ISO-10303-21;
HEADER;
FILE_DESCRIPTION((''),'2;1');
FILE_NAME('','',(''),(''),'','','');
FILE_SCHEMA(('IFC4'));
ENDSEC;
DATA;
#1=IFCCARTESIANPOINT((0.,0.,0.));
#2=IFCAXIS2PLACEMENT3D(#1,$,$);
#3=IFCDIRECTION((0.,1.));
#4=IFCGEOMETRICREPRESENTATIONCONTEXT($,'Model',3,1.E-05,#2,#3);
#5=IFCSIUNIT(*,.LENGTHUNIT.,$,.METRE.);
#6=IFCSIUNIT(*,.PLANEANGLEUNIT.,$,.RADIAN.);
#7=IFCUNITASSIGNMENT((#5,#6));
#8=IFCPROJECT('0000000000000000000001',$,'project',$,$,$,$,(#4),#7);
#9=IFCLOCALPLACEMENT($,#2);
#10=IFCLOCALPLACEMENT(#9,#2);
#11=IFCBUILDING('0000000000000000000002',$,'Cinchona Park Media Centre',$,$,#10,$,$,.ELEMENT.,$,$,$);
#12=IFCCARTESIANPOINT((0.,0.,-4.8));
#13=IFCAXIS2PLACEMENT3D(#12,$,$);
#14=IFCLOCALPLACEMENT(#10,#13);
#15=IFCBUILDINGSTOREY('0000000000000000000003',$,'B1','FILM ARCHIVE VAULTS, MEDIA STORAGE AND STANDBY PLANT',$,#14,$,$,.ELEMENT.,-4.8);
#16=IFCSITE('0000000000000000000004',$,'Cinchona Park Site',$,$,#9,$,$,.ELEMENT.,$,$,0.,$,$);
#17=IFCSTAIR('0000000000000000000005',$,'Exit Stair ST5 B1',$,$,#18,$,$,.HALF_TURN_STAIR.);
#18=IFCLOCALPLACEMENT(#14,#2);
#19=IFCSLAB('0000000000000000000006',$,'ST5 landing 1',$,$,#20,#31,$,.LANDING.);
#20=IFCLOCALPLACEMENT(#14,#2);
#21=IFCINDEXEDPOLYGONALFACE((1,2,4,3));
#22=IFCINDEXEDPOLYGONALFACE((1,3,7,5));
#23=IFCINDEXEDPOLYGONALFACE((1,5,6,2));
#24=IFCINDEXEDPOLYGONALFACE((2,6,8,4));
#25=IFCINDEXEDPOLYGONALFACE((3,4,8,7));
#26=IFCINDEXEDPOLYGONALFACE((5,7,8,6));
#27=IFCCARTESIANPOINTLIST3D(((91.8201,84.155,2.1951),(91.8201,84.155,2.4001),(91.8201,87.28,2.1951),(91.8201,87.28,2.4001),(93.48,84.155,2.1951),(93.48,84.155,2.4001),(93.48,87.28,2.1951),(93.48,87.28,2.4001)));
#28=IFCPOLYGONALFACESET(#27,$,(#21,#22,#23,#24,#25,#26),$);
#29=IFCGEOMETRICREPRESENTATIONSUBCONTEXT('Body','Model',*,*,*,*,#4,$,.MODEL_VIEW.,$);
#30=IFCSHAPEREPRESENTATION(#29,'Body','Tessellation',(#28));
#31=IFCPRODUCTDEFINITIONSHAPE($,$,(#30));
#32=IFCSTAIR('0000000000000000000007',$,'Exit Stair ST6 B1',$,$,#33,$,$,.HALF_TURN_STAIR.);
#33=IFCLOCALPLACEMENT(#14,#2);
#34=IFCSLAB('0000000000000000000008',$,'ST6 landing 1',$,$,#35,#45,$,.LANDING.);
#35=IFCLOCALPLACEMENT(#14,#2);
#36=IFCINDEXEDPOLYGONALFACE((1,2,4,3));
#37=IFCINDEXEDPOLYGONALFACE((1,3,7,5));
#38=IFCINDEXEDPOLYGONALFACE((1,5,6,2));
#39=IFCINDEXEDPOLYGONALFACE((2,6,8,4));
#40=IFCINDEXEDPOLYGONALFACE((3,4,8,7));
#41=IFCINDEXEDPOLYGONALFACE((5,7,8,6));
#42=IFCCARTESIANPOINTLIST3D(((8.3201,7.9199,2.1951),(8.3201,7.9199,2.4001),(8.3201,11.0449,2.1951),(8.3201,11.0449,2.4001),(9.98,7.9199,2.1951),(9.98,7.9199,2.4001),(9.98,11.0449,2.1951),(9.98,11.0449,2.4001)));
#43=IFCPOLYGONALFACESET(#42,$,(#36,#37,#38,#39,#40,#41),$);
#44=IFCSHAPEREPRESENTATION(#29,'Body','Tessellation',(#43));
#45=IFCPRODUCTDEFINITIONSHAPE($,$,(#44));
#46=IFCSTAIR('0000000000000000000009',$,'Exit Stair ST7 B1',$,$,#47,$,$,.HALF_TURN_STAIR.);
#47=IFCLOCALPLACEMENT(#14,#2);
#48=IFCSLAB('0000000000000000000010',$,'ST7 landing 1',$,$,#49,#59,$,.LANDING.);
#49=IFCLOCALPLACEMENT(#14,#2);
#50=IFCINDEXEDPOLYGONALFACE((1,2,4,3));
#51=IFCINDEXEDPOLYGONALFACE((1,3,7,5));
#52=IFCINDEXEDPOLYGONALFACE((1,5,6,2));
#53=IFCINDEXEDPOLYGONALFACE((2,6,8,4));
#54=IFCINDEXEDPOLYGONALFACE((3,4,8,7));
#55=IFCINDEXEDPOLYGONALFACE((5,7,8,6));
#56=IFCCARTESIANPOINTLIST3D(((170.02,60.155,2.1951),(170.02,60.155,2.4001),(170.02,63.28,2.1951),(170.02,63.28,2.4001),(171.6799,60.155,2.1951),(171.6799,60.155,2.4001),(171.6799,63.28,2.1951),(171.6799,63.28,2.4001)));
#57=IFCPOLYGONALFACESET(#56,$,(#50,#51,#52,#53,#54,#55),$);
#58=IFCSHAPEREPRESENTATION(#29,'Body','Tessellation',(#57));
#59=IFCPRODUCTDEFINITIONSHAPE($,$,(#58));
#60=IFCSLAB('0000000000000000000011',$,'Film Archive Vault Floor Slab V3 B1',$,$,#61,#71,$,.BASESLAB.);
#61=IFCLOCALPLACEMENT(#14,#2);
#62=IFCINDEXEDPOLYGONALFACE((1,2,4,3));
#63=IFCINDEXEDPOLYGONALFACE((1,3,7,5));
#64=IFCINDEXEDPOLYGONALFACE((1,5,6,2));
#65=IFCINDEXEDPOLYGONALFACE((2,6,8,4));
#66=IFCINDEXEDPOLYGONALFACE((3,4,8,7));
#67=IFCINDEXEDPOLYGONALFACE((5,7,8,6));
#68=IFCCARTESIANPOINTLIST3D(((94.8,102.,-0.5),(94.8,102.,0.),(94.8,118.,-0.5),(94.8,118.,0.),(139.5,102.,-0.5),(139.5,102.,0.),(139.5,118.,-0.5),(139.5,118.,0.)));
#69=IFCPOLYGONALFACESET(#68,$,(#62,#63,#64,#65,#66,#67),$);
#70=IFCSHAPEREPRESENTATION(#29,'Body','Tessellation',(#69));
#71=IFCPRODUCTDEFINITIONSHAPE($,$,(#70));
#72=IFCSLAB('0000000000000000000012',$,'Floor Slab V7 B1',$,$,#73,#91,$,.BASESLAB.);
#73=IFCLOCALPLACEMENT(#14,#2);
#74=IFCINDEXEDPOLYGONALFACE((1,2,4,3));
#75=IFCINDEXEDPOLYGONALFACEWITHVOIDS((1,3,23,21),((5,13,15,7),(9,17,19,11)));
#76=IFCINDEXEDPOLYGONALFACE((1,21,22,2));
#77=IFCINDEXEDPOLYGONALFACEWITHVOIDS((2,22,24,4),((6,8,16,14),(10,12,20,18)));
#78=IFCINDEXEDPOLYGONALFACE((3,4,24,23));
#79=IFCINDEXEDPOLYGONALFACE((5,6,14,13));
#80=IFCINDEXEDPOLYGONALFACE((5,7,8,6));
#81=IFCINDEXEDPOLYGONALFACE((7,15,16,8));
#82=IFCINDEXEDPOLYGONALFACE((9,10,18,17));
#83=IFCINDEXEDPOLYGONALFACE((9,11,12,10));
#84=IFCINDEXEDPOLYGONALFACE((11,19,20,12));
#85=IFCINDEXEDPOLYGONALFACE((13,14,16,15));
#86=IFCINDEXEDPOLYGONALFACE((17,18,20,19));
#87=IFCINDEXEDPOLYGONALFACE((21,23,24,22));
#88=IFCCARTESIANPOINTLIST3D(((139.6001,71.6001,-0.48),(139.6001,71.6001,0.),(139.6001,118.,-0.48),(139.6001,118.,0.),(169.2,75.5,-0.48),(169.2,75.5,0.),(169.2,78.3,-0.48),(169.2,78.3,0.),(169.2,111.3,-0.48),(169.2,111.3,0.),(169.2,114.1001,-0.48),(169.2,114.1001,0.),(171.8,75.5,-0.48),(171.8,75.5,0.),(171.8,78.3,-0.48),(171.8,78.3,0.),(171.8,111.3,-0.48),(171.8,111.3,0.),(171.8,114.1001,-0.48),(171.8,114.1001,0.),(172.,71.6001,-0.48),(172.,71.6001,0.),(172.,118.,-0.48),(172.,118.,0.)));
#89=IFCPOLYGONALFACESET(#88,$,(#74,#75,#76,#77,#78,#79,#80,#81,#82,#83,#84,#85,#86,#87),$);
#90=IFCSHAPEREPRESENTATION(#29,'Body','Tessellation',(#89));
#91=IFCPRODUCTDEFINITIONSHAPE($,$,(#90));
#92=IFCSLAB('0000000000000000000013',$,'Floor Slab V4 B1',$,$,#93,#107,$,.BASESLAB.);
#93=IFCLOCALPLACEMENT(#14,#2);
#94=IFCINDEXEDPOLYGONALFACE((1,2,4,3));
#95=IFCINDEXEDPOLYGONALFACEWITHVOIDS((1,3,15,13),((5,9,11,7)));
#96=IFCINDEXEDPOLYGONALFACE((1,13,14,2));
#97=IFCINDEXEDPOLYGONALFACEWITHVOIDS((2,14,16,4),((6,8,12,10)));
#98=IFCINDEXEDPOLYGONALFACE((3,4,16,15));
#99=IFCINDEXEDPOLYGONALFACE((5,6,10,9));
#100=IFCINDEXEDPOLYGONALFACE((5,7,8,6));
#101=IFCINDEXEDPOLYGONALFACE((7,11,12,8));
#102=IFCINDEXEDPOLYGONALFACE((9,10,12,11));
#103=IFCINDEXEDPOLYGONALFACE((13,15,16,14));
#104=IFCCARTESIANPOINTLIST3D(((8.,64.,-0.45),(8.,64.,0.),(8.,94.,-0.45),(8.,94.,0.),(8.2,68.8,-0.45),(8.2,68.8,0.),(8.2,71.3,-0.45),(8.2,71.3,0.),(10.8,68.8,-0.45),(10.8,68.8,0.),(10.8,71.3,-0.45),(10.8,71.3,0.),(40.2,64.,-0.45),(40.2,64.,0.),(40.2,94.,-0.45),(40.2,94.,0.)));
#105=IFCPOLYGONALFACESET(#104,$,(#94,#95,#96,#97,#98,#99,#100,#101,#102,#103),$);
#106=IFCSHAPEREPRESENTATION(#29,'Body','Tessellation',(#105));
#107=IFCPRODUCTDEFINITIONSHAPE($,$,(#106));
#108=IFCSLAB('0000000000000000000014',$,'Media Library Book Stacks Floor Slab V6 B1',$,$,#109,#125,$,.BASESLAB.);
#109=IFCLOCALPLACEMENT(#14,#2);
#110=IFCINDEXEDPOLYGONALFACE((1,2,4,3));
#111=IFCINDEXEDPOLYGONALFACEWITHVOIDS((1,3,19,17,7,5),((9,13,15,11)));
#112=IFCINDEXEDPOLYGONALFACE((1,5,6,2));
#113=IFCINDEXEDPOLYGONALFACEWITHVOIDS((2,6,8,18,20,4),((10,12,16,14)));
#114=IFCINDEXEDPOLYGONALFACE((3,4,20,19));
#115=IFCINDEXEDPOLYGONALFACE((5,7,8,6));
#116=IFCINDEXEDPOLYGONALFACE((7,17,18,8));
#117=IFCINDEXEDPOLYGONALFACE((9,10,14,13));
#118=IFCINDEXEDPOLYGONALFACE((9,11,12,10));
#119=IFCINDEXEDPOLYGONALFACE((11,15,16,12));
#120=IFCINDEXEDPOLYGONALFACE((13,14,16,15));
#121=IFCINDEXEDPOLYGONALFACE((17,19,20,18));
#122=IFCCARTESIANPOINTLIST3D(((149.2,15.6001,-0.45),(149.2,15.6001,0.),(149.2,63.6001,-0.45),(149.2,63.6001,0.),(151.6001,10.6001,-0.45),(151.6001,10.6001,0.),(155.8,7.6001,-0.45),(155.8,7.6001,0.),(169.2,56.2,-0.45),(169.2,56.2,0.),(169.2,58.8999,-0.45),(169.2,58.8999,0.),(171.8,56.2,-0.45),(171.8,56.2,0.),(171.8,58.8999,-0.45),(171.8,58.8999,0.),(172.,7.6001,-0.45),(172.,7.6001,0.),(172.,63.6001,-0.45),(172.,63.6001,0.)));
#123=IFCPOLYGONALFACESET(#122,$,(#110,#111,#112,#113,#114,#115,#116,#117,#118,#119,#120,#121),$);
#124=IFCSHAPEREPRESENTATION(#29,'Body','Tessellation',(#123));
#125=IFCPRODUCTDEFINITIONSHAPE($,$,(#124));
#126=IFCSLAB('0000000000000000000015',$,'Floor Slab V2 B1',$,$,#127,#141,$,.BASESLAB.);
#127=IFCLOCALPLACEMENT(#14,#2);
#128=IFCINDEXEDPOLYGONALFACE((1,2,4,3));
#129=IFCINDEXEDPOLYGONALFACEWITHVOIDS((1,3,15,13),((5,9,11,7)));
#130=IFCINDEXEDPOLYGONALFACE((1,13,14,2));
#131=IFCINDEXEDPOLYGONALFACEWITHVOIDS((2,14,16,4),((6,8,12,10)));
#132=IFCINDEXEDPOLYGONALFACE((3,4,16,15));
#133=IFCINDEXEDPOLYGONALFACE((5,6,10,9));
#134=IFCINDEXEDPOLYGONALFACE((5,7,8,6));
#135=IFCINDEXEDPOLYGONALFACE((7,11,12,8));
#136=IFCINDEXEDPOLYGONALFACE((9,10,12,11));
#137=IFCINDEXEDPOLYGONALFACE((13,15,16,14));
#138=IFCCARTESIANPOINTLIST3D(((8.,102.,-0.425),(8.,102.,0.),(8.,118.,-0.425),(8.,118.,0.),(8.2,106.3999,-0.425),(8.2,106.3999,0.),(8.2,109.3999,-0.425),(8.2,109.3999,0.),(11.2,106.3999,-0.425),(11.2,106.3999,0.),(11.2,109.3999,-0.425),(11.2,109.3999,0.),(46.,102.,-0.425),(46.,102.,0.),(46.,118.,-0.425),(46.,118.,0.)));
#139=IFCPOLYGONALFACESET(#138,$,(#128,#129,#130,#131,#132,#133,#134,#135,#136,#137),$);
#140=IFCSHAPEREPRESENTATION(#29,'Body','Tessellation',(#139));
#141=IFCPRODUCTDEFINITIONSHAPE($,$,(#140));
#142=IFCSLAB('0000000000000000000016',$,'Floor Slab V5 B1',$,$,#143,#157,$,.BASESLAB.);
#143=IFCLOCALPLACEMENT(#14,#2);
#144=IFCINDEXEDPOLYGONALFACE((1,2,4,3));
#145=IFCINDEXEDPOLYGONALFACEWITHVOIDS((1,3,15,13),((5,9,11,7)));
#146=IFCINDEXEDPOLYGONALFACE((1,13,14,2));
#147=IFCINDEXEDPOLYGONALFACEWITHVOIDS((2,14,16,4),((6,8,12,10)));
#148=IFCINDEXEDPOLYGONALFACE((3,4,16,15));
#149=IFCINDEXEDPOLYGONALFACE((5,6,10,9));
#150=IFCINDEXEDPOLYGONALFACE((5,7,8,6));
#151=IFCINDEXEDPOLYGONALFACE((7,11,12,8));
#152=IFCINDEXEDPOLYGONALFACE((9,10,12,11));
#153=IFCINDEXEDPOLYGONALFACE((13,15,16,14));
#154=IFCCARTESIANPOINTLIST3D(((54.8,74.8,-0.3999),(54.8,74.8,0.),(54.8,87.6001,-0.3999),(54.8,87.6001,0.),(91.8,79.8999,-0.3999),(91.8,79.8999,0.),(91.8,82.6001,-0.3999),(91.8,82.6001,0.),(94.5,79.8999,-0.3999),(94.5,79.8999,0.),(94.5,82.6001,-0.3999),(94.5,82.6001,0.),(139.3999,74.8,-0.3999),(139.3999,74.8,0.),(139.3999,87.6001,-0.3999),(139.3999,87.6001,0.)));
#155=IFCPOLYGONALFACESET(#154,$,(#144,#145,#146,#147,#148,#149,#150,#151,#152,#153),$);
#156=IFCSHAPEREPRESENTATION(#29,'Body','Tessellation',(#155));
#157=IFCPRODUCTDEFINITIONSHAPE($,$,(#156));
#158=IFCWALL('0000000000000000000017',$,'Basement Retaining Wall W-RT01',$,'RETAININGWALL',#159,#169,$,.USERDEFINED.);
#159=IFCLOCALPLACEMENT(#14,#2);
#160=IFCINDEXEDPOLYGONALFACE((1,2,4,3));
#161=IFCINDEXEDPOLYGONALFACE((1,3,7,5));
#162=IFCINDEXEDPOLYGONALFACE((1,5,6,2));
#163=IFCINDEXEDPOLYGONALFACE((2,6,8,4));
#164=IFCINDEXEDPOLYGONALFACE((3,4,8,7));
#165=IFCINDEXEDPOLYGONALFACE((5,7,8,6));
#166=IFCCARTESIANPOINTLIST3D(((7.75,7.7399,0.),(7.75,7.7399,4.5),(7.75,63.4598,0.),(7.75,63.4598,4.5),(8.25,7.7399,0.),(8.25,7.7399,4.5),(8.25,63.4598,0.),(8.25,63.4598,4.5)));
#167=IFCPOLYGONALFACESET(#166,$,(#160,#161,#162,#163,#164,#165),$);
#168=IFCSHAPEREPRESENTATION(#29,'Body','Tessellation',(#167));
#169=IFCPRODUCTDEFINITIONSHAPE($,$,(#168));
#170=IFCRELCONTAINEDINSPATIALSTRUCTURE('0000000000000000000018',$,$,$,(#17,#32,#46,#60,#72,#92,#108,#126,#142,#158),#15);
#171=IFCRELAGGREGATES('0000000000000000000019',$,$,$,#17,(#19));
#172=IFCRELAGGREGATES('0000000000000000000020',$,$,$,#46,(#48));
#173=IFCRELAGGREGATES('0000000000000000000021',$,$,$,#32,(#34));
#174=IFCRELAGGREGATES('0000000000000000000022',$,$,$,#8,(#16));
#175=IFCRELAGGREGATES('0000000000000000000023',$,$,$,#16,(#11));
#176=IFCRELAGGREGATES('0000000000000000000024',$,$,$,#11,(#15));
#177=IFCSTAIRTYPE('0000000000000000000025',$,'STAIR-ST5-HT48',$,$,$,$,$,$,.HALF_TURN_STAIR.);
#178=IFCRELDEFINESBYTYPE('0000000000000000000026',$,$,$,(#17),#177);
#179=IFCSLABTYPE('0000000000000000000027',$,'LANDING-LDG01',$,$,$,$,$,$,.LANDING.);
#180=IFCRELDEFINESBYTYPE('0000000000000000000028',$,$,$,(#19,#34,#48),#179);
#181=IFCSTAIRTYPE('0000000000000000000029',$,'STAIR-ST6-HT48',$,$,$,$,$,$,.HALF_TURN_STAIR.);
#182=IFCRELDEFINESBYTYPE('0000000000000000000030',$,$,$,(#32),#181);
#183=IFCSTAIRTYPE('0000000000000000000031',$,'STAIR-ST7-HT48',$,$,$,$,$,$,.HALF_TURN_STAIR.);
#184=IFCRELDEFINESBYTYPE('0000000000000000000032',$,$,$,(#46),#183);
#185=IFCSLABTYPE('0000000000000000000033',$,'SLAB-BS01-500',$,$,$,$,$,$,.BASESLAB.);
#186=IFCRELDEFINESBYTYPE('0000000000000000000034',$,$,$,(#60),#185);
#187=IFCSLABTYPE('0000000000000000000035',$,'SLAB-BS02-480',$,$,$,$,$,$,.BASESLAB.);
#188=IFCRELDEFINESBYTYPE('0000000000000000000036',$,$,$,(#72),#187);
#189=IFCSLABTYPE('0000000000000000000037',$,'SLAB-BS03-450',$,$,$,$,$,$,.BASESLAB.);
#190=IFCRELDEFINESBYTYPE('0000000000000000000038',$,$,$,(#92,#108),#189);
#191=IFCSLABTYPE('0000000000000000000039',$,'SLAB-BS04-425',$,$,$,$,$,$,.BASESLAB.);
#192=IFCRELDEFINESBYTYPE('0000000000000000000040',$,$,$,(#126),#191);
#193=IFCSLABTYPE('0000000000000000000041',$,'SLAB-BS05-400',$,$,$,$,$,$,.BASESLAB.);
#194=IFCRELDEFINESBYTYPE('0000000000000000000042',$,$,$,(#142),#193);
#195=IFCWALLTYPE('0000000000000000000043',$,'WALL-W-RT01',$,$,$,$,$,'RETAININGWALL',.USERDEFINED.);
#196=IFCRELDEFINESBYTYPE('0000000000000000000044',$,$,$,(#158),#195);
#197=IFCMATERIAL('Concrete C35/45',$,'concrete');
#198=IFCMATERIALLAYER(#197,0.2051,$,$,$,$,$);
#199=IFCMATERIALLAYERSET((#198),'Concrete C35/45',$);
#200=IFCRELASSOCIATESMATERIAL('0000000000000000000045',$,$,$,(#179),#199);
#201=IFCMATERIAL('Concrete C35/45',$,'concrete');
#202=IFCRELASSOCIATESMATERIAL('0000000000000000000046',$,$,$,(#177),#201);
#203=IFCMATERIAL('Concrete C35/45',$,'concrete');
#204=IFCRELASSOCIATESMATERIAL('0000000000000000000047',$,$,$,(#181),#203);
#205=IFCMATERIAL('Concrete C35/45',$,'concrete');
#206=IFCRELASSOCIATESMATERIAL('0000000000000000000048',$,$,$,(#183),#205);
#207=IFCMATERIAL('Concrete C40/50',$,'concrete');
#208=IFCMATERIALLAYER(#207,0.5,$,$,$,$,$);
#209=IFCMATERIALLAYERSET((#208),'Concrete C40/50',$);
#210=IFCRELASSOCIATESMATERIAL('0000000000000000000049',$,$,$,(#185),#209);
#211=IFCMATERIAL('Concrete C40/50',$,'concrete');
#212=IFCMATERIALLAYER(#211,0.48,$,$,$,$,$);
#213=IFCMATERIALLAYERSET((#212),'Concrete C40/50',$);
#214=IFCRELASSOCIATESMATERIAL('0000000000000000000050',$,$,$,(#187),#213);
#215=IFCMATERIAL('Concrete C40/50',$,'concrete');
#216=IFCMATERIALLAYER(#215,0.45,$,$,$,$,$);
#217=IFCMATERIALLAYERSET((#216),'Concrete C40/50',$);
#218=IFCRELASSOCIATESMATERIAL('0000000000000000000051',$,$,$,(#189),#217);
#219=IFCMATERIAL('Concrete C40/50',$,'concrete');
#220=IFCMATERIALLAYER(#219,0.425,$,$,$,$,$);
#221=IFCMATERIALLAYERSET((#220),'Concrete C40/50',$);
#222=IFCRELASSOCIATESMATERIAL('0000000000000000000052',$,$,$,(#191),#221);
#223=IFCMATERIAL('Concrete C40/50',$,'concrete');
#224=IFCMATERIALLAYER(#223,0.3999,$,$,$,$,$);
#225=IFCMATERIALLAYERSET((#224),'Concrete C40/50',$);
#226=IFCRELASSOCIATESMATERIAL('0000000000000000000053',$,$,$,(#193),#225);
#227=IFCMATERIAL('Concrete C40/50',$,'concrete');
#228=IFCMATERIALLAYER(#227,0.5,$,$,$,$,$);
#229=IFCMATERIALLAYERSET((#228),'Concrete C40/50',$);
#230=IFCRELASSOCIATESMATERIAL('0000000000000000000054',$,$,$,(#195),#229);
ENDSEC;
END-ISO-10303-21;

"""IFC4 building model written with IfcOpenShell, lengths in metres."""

from ifc_helpers import new_model, si_unit, direction, frame, frame_2d, origin, place, context, subcontext, project, spatial, polyline, rectangle, outline, extrude, material, layer, layer_set, type_object, element, aggregate, save


model = new_model("IFC4")

# Units and contexts
model_context = context("Model", 3, precision=1e-05, world=origin(), true_north=direction((0.0, 1.0)))
body_context = subcontext(model_context, "Body", "Model", "MODEL_VIEW")
ifc_project = project(units=[si_unit("LENGTHUNIT", "METRE"), si_unit("PLANEANGLEUNIT", "RADIAN")], contexts=[model_context])

# Site, building, storey
site_placement = place(None, origin())
site = spatial("IfcSite", under=ifc_project, at=site_placement, Name="Cinchona Park Site", CompositionType="ELEMENT", RefElevation=0.0)
building_placement = place(site_placement, origin())
building = spatial("IfcBuilding", under=site, at=building_placement, Name="Cinchona Park Media Centre", CompositionType="ELEMENT")
storey_placement = place(building_placement, frame((0.0, 0.0, -4.8)))
storey = spatial("IfcBuildingStorey", under=building, at=storey_placement, Name="B1", Description="FILM ARCHIVE VAULTS, MEDIA STORAGE AND STANDBY PLANT", CompositionType="ELEMENT", Elevation=-4.8)

# Stairs, slabs
ifc_material_1 = material(Name="Concrete C35/45", Category="concrete")
ifc_layer_1 = layer(ifc_material_1, 0.2051)
ifc_layer_set_1 = layer_set([ifc_layer_1], Name="Concrete C35/45")
slab_type_1 = type_object("IfcSlabType", Name="LANDING-LDG01", PredefinedType="LANDING", material=ifc_layer_set_1)
ifc_material_2 = material(Name="Concrete C35/45", Category="concrete")
stair_type_1 = type_object("IfcStairType", Name="STAIR-ST5-HT48", PredefinedType="HALF_TURN_STAIR", material=ifc_material_2)
stair_1_placement = place(storey_placement, origin())
stair_1 = element("IfcStair", 1, at=stair_1_placement, inside=storey, type_object=stair_type_1, Name="Exit Stair ST5 B1", PredefinedType="HALF_TURN_STAIR")
slab_1_placement = place(storey_placement, frame((0.0, 0.0, 2.1951)))
slab_1 = element("IfcSlab", 2, at=slab_1_placement, type_object=slab_type_1, Name="ST5 landing 1", PredefinedType="LANDING", context=body_context, shape_type="SweptSolid", body=[
    extrude(outline(polyline([(91.8201, 84.155), (93.48, 84.155), (93.48, 87.28), (91.8201, 87.28), (91.8201, 84.155)])), origin(), (0.0, 0.0, 1.0), 0.2051),
])
aggregate(stair_1, [slab_1])
ifc_material_3 = material(Name="Concrete C35/45", Category="concrete")
stair_type_2 = type_object("IfcStairType", Name="STAIR-ST6-HT48", PredefinedType="HALF_TURN_STAIR", material=ifc_material_3)
stair_2_placement = place(storey_placement, origin())
stair_2 = element("IfcStair", 3, at=stair_2_placement, inside=storey, type_object=stair_type_2, Name="Exit Stair ST6 B1", PredefinedType="HALF_TURN_STAIR")
slab_2_placement = place(storey_placement, frame((0.0, 0.0, 2.1951)))
slab_2 = element("IfcSlab", 4, at=slab_2_placement, type_object=slab_type_1, Name="ST6 landing 1", PredefinedType="LANDING", context=body_context, shape_type="SweptSolid", body=[
    extrude(outline(polyline([(8.3201, 7.9199), (9.98, 7.9199), (9.98, 11.0449), (8.3201, 11.0449), (8.3201, 7.9199)])), origin(), (0.0, 0.0, 1.0), 0.2051),
])
ifc_material_4 = material(Name="Concrete C35/45", Category="concrete")
stair_type_3 = type_object("IfcStairType", Name="STAIR-ST7-HT48", PredefinedType="HALF_TURN_STAIR", material=ifc_material_4)
stair_3_placement = place(storey_placement, origin())
stair_3 = element("IfcStair", 5, at=stair_3_placement, inside=storey, type_object=stair_type_3, Name="Exit Stair ST7 B1", PredefinedType="HALF_TURN_STAIR")
slab_3_placement = place(storey_placement, frame((0.0, 0.0, 2.1951)))
slab_3 = element("IfcSlab", 6, at=slab_3_placement, type_object=slab_type_1, Name="ST7 landing 1", PredefinedType="LANDING", context=body_context, shape_type="SweptSolid", body=[
    extrude(outline(polyline([(170.02, 60.155), (171.6799, 60.155), (171.6799, 63.28), (170.02, 63.28), (170.02, 60.155)])), origin(), (0.0, 0.0, 1.0), 0.2051),
])
aggregate(stair_3, [slab_3])

# Slabs
ifc_material_5 = material(Name="Concrete C40/50", Category="concrete")
ifc_layer_2 = layer(ifc_material_5, 0.5)
ifc_layer_set_2 = layer_set([ifc_layer_2], Name="Concrete C40/50")
slab_type_2 = type_object("IfcSlabType", Name="SLAB-BS01-500", PredefinedType="BASESLAB", material=ifc_layer_set_2)
slab_4_placement = place(storey_placement, frame((0.0, 0.0, -0.5)))
element("IfcSlab", 7, at=slab_4_placement, inside=storey, type_object=slab_type_2, Name="Film Archive Vault Floor Slab V3 B1", PredefinedType="BASESLAB", context=body_context, shape_type="SweptSolid", body=[
    extrude(outline(polyline([(94.8, 102.0), (139.5, 102.0), (139.5, 118.0), (94.8, 118.0), (94.8, 102.0)])), origin(), (0.0, 0.0, 1.0), 0.5),
])
ifc_material_6 = material(Name="Concrete C40/50", Category="concrete")
ifc_layer_3 = layer(ifc_material_6, 0.48)
ifc_layer_set_3 = layer_set([ifc_layer_3], Name="Concrete C40/50")
slab_type_3 = type_object("IfcSlabType", Name="SLAB-BS02-480", PredefinedType="BASESLAB", material=ifc_layer_set_3)
slab_5_placement = place(storey_placement, frame((0.0, 0.0, -0.48)))
element("IfcSlab", 8, at=slab_5_placement, inside=storey, type_object=slab_type_3, Name="Floor Slab V7 B1", PredefinedType="BASESLAB", context=body_context, shape_type="SweptSolid", body=[
    extrude(outline(polyline([(139.6001, 71.6001), (172.0, 71.6001), (172.0, 118.0), (139.6001, 118.0), (139.6001, 71.6001)]), holes=[polyline([(169.2, 75.5), (171.8, 75.5), (171.8, 78.3), (169.2, 78.3), (169.2, 75.5)]), polyline([(169.2, 111.3), (171.8, 111.3), (171.8, 114.1001), (169.2, 114.1001), (169.2, 111.3)])]), origin(), (0.0, 0.0, 1.0), 0.48),
])
ifc_material_7 = material(Name="Concrete C40/50", Category="concrete")
ifc_layer_4 = layer(ifc_material_7, 0.45)
ifc_layer_set_4 = layer_set([ifc_layer_4], Name="Concrete C40/50")
slab_type_4 = type_object("IfcSlabType", Name="SLAB-BS03-450", PredefinedType="BASESLAB", material=ifc_layer_set_4)
slab_6_placement = place(storey_placement, frame((0.0, 0.0, -0.45)))
element("IfcSlab", 9, at=slab_6_placement, inside=storey, type_object=slab_type_4, Name="Floor Slab V4 B1", PredefinedType="BASESLAB", context=body_context, shape_type="SweptSolid", body=[
    extrude(outline(polyline([(8.0, 64.0), (40.2, 64.0), (40.2, 94.0), (8.0, 94.0), (8.0, 64.0)]), holes=[polyline([(8.2, 68.8), (10.8, 68.8), (10.8, 71.3), (8.2, 71.3), (8.2, 68.8)])]), origin(), (0.0, 0.0, 1.0), 0.45),
])
slab_7_placement = place(storey_placement, frame((0.0, 0.0, -0.45)))
element("IfcSlab", 10, at=slab_7_placement, inside=storey, type_object=slab_type_4, Name="Media Library Book Stacks Floor Slab V6 B1", PredefinedType="BASESLAB", context=body_context, shape_type="SweptSolid", body=[
    extrude(outline(polyline([(155.8, 7.6001), (172.0, 7.6001), (172.0, 63.6001), (149.2, 63.6001), (149.2, 15.6001), (151.6001, 10.6001), (155.8, 7.6001)]), holes=[polyline([(169.2, 56.2), (171.8, 56.2), (171.8, 58.8999), (169.2, 58.8999), (169.2, 56.2)])]), origin(), (0.0, 0.0, 1.0), 0.45),
])
ifc_material_8 = material(Name="Concrete C40/50", Category="concrete")
ifc_layer_5 = layer(ifc_material_8, 0.425)
ifc_layer_set_5 = layer_set([ifc_layer_5], Name="Concrete C40/50")
slab_type_5 = type_object("IfcSlabType", Name="SLAB-BS04-425", PredefinedType="BASESLAB", material=ifc_layer_set_5)
slab_8_placement = place(storey_placement, frame((0.0, 0.0, -0.425)))
element("IfcSlab", 11, at=slab_8_placement, inside=storey, type_object=slab_type_5, Name="Floor Slab V2 B1", PredefinedType="BASESLAB", context=body_context, shape_type="SweptSolid", body=[
    extrude(outline(polyline([(8.0, 102.0), (46.0, 102.0), (46.0, 118.0), (8.0, 118.0), (8.0, 102.0)]), holes=[polyline([(8.2, 106.3999), (11.2, 106.3999), (11.2, 109.3999), (8.2, 109.3999), (8.2, 106.3999)])]), origin(), (0.0, 0.0, 1.0), 0.425),
])
ifc_material_9 = material(Name="Concrete C40/50", Category="concrete")
ifc_layer_6 = layer(ifc_material_9, 0.3999)
ifc_layer_set_6 = layer_set([ifc_layer_6], Name="Concrete C40/50")
slab_type_6 = type_object("IfcSlabType", Name="SLAB-BS05-400", PredefinedType="BASESLAB", material=ifc_layer_set_6)
slab_9_placement = place(storey_placement, frame((0.0, 0.0, -0.3999)))
element("IfcSlab", 12, at=slab_9_placement, inside=storey, type_object=slab_type_6, Name="Floor Slab V5 B1", PredefinedType="BASESLAB", context=body_context, shape_type="SweptSolid", body=[
    extrude(outline(polyline([(54.8, 74.8), (139.3999, 74.8), (139.3999, 87.6001), (54.8, 87.6001), (54.8, 74.8)]), holes=[polyline([(91.8, 79.8999), (94.5, 79.8999), (94.5, 82.6001), (91.8, 82.6001), (91.8, 79.8999)])]), origin(), (0.0, 0.0, 1.0), 0.3999),
])

# Wall
ifc_material_10 = material(Name="Concrete C40/50", Category="concrete")
ifc_layer_7 = layer(ifc_material_10, 0.5)
ifc_layer_set_7 = layer_set([ifc_layer_7], Name="Concrete C40/50")
wall_type_1 = type_object("IfcWallType", Name="WALL-W-RT01", ElementType="RETAININGWALL", PredefinedType="USERDEFINED", material=ifc_layer_set_7)
wall_1_placement = place(storey_placement, frame((8.0, 7.74, 0.0), z_axis=(0.0, 0.0, 1.0), x_axis=(0.0, 1.0, 0.0)))
element("IfcWall", 13, at=wall_1_placement, inside=storey, type_object=wall_type_1, Name="Basement Retaining Wall W-RT01", ObjectType="RETAININGWALL", PredefinedType="USERDEFINED", context=body_context, shape_type="SweptSolid", body=[
    extrude(rectangle(XDim=55.72, YDim=0.5, at=frame_2d((27.8599, 0.0))), origin(), (0.0, 0.0, 1.0), 4.5),
])

aggregate(stair_2, [slab_2])

save(model, "model.ifc")
